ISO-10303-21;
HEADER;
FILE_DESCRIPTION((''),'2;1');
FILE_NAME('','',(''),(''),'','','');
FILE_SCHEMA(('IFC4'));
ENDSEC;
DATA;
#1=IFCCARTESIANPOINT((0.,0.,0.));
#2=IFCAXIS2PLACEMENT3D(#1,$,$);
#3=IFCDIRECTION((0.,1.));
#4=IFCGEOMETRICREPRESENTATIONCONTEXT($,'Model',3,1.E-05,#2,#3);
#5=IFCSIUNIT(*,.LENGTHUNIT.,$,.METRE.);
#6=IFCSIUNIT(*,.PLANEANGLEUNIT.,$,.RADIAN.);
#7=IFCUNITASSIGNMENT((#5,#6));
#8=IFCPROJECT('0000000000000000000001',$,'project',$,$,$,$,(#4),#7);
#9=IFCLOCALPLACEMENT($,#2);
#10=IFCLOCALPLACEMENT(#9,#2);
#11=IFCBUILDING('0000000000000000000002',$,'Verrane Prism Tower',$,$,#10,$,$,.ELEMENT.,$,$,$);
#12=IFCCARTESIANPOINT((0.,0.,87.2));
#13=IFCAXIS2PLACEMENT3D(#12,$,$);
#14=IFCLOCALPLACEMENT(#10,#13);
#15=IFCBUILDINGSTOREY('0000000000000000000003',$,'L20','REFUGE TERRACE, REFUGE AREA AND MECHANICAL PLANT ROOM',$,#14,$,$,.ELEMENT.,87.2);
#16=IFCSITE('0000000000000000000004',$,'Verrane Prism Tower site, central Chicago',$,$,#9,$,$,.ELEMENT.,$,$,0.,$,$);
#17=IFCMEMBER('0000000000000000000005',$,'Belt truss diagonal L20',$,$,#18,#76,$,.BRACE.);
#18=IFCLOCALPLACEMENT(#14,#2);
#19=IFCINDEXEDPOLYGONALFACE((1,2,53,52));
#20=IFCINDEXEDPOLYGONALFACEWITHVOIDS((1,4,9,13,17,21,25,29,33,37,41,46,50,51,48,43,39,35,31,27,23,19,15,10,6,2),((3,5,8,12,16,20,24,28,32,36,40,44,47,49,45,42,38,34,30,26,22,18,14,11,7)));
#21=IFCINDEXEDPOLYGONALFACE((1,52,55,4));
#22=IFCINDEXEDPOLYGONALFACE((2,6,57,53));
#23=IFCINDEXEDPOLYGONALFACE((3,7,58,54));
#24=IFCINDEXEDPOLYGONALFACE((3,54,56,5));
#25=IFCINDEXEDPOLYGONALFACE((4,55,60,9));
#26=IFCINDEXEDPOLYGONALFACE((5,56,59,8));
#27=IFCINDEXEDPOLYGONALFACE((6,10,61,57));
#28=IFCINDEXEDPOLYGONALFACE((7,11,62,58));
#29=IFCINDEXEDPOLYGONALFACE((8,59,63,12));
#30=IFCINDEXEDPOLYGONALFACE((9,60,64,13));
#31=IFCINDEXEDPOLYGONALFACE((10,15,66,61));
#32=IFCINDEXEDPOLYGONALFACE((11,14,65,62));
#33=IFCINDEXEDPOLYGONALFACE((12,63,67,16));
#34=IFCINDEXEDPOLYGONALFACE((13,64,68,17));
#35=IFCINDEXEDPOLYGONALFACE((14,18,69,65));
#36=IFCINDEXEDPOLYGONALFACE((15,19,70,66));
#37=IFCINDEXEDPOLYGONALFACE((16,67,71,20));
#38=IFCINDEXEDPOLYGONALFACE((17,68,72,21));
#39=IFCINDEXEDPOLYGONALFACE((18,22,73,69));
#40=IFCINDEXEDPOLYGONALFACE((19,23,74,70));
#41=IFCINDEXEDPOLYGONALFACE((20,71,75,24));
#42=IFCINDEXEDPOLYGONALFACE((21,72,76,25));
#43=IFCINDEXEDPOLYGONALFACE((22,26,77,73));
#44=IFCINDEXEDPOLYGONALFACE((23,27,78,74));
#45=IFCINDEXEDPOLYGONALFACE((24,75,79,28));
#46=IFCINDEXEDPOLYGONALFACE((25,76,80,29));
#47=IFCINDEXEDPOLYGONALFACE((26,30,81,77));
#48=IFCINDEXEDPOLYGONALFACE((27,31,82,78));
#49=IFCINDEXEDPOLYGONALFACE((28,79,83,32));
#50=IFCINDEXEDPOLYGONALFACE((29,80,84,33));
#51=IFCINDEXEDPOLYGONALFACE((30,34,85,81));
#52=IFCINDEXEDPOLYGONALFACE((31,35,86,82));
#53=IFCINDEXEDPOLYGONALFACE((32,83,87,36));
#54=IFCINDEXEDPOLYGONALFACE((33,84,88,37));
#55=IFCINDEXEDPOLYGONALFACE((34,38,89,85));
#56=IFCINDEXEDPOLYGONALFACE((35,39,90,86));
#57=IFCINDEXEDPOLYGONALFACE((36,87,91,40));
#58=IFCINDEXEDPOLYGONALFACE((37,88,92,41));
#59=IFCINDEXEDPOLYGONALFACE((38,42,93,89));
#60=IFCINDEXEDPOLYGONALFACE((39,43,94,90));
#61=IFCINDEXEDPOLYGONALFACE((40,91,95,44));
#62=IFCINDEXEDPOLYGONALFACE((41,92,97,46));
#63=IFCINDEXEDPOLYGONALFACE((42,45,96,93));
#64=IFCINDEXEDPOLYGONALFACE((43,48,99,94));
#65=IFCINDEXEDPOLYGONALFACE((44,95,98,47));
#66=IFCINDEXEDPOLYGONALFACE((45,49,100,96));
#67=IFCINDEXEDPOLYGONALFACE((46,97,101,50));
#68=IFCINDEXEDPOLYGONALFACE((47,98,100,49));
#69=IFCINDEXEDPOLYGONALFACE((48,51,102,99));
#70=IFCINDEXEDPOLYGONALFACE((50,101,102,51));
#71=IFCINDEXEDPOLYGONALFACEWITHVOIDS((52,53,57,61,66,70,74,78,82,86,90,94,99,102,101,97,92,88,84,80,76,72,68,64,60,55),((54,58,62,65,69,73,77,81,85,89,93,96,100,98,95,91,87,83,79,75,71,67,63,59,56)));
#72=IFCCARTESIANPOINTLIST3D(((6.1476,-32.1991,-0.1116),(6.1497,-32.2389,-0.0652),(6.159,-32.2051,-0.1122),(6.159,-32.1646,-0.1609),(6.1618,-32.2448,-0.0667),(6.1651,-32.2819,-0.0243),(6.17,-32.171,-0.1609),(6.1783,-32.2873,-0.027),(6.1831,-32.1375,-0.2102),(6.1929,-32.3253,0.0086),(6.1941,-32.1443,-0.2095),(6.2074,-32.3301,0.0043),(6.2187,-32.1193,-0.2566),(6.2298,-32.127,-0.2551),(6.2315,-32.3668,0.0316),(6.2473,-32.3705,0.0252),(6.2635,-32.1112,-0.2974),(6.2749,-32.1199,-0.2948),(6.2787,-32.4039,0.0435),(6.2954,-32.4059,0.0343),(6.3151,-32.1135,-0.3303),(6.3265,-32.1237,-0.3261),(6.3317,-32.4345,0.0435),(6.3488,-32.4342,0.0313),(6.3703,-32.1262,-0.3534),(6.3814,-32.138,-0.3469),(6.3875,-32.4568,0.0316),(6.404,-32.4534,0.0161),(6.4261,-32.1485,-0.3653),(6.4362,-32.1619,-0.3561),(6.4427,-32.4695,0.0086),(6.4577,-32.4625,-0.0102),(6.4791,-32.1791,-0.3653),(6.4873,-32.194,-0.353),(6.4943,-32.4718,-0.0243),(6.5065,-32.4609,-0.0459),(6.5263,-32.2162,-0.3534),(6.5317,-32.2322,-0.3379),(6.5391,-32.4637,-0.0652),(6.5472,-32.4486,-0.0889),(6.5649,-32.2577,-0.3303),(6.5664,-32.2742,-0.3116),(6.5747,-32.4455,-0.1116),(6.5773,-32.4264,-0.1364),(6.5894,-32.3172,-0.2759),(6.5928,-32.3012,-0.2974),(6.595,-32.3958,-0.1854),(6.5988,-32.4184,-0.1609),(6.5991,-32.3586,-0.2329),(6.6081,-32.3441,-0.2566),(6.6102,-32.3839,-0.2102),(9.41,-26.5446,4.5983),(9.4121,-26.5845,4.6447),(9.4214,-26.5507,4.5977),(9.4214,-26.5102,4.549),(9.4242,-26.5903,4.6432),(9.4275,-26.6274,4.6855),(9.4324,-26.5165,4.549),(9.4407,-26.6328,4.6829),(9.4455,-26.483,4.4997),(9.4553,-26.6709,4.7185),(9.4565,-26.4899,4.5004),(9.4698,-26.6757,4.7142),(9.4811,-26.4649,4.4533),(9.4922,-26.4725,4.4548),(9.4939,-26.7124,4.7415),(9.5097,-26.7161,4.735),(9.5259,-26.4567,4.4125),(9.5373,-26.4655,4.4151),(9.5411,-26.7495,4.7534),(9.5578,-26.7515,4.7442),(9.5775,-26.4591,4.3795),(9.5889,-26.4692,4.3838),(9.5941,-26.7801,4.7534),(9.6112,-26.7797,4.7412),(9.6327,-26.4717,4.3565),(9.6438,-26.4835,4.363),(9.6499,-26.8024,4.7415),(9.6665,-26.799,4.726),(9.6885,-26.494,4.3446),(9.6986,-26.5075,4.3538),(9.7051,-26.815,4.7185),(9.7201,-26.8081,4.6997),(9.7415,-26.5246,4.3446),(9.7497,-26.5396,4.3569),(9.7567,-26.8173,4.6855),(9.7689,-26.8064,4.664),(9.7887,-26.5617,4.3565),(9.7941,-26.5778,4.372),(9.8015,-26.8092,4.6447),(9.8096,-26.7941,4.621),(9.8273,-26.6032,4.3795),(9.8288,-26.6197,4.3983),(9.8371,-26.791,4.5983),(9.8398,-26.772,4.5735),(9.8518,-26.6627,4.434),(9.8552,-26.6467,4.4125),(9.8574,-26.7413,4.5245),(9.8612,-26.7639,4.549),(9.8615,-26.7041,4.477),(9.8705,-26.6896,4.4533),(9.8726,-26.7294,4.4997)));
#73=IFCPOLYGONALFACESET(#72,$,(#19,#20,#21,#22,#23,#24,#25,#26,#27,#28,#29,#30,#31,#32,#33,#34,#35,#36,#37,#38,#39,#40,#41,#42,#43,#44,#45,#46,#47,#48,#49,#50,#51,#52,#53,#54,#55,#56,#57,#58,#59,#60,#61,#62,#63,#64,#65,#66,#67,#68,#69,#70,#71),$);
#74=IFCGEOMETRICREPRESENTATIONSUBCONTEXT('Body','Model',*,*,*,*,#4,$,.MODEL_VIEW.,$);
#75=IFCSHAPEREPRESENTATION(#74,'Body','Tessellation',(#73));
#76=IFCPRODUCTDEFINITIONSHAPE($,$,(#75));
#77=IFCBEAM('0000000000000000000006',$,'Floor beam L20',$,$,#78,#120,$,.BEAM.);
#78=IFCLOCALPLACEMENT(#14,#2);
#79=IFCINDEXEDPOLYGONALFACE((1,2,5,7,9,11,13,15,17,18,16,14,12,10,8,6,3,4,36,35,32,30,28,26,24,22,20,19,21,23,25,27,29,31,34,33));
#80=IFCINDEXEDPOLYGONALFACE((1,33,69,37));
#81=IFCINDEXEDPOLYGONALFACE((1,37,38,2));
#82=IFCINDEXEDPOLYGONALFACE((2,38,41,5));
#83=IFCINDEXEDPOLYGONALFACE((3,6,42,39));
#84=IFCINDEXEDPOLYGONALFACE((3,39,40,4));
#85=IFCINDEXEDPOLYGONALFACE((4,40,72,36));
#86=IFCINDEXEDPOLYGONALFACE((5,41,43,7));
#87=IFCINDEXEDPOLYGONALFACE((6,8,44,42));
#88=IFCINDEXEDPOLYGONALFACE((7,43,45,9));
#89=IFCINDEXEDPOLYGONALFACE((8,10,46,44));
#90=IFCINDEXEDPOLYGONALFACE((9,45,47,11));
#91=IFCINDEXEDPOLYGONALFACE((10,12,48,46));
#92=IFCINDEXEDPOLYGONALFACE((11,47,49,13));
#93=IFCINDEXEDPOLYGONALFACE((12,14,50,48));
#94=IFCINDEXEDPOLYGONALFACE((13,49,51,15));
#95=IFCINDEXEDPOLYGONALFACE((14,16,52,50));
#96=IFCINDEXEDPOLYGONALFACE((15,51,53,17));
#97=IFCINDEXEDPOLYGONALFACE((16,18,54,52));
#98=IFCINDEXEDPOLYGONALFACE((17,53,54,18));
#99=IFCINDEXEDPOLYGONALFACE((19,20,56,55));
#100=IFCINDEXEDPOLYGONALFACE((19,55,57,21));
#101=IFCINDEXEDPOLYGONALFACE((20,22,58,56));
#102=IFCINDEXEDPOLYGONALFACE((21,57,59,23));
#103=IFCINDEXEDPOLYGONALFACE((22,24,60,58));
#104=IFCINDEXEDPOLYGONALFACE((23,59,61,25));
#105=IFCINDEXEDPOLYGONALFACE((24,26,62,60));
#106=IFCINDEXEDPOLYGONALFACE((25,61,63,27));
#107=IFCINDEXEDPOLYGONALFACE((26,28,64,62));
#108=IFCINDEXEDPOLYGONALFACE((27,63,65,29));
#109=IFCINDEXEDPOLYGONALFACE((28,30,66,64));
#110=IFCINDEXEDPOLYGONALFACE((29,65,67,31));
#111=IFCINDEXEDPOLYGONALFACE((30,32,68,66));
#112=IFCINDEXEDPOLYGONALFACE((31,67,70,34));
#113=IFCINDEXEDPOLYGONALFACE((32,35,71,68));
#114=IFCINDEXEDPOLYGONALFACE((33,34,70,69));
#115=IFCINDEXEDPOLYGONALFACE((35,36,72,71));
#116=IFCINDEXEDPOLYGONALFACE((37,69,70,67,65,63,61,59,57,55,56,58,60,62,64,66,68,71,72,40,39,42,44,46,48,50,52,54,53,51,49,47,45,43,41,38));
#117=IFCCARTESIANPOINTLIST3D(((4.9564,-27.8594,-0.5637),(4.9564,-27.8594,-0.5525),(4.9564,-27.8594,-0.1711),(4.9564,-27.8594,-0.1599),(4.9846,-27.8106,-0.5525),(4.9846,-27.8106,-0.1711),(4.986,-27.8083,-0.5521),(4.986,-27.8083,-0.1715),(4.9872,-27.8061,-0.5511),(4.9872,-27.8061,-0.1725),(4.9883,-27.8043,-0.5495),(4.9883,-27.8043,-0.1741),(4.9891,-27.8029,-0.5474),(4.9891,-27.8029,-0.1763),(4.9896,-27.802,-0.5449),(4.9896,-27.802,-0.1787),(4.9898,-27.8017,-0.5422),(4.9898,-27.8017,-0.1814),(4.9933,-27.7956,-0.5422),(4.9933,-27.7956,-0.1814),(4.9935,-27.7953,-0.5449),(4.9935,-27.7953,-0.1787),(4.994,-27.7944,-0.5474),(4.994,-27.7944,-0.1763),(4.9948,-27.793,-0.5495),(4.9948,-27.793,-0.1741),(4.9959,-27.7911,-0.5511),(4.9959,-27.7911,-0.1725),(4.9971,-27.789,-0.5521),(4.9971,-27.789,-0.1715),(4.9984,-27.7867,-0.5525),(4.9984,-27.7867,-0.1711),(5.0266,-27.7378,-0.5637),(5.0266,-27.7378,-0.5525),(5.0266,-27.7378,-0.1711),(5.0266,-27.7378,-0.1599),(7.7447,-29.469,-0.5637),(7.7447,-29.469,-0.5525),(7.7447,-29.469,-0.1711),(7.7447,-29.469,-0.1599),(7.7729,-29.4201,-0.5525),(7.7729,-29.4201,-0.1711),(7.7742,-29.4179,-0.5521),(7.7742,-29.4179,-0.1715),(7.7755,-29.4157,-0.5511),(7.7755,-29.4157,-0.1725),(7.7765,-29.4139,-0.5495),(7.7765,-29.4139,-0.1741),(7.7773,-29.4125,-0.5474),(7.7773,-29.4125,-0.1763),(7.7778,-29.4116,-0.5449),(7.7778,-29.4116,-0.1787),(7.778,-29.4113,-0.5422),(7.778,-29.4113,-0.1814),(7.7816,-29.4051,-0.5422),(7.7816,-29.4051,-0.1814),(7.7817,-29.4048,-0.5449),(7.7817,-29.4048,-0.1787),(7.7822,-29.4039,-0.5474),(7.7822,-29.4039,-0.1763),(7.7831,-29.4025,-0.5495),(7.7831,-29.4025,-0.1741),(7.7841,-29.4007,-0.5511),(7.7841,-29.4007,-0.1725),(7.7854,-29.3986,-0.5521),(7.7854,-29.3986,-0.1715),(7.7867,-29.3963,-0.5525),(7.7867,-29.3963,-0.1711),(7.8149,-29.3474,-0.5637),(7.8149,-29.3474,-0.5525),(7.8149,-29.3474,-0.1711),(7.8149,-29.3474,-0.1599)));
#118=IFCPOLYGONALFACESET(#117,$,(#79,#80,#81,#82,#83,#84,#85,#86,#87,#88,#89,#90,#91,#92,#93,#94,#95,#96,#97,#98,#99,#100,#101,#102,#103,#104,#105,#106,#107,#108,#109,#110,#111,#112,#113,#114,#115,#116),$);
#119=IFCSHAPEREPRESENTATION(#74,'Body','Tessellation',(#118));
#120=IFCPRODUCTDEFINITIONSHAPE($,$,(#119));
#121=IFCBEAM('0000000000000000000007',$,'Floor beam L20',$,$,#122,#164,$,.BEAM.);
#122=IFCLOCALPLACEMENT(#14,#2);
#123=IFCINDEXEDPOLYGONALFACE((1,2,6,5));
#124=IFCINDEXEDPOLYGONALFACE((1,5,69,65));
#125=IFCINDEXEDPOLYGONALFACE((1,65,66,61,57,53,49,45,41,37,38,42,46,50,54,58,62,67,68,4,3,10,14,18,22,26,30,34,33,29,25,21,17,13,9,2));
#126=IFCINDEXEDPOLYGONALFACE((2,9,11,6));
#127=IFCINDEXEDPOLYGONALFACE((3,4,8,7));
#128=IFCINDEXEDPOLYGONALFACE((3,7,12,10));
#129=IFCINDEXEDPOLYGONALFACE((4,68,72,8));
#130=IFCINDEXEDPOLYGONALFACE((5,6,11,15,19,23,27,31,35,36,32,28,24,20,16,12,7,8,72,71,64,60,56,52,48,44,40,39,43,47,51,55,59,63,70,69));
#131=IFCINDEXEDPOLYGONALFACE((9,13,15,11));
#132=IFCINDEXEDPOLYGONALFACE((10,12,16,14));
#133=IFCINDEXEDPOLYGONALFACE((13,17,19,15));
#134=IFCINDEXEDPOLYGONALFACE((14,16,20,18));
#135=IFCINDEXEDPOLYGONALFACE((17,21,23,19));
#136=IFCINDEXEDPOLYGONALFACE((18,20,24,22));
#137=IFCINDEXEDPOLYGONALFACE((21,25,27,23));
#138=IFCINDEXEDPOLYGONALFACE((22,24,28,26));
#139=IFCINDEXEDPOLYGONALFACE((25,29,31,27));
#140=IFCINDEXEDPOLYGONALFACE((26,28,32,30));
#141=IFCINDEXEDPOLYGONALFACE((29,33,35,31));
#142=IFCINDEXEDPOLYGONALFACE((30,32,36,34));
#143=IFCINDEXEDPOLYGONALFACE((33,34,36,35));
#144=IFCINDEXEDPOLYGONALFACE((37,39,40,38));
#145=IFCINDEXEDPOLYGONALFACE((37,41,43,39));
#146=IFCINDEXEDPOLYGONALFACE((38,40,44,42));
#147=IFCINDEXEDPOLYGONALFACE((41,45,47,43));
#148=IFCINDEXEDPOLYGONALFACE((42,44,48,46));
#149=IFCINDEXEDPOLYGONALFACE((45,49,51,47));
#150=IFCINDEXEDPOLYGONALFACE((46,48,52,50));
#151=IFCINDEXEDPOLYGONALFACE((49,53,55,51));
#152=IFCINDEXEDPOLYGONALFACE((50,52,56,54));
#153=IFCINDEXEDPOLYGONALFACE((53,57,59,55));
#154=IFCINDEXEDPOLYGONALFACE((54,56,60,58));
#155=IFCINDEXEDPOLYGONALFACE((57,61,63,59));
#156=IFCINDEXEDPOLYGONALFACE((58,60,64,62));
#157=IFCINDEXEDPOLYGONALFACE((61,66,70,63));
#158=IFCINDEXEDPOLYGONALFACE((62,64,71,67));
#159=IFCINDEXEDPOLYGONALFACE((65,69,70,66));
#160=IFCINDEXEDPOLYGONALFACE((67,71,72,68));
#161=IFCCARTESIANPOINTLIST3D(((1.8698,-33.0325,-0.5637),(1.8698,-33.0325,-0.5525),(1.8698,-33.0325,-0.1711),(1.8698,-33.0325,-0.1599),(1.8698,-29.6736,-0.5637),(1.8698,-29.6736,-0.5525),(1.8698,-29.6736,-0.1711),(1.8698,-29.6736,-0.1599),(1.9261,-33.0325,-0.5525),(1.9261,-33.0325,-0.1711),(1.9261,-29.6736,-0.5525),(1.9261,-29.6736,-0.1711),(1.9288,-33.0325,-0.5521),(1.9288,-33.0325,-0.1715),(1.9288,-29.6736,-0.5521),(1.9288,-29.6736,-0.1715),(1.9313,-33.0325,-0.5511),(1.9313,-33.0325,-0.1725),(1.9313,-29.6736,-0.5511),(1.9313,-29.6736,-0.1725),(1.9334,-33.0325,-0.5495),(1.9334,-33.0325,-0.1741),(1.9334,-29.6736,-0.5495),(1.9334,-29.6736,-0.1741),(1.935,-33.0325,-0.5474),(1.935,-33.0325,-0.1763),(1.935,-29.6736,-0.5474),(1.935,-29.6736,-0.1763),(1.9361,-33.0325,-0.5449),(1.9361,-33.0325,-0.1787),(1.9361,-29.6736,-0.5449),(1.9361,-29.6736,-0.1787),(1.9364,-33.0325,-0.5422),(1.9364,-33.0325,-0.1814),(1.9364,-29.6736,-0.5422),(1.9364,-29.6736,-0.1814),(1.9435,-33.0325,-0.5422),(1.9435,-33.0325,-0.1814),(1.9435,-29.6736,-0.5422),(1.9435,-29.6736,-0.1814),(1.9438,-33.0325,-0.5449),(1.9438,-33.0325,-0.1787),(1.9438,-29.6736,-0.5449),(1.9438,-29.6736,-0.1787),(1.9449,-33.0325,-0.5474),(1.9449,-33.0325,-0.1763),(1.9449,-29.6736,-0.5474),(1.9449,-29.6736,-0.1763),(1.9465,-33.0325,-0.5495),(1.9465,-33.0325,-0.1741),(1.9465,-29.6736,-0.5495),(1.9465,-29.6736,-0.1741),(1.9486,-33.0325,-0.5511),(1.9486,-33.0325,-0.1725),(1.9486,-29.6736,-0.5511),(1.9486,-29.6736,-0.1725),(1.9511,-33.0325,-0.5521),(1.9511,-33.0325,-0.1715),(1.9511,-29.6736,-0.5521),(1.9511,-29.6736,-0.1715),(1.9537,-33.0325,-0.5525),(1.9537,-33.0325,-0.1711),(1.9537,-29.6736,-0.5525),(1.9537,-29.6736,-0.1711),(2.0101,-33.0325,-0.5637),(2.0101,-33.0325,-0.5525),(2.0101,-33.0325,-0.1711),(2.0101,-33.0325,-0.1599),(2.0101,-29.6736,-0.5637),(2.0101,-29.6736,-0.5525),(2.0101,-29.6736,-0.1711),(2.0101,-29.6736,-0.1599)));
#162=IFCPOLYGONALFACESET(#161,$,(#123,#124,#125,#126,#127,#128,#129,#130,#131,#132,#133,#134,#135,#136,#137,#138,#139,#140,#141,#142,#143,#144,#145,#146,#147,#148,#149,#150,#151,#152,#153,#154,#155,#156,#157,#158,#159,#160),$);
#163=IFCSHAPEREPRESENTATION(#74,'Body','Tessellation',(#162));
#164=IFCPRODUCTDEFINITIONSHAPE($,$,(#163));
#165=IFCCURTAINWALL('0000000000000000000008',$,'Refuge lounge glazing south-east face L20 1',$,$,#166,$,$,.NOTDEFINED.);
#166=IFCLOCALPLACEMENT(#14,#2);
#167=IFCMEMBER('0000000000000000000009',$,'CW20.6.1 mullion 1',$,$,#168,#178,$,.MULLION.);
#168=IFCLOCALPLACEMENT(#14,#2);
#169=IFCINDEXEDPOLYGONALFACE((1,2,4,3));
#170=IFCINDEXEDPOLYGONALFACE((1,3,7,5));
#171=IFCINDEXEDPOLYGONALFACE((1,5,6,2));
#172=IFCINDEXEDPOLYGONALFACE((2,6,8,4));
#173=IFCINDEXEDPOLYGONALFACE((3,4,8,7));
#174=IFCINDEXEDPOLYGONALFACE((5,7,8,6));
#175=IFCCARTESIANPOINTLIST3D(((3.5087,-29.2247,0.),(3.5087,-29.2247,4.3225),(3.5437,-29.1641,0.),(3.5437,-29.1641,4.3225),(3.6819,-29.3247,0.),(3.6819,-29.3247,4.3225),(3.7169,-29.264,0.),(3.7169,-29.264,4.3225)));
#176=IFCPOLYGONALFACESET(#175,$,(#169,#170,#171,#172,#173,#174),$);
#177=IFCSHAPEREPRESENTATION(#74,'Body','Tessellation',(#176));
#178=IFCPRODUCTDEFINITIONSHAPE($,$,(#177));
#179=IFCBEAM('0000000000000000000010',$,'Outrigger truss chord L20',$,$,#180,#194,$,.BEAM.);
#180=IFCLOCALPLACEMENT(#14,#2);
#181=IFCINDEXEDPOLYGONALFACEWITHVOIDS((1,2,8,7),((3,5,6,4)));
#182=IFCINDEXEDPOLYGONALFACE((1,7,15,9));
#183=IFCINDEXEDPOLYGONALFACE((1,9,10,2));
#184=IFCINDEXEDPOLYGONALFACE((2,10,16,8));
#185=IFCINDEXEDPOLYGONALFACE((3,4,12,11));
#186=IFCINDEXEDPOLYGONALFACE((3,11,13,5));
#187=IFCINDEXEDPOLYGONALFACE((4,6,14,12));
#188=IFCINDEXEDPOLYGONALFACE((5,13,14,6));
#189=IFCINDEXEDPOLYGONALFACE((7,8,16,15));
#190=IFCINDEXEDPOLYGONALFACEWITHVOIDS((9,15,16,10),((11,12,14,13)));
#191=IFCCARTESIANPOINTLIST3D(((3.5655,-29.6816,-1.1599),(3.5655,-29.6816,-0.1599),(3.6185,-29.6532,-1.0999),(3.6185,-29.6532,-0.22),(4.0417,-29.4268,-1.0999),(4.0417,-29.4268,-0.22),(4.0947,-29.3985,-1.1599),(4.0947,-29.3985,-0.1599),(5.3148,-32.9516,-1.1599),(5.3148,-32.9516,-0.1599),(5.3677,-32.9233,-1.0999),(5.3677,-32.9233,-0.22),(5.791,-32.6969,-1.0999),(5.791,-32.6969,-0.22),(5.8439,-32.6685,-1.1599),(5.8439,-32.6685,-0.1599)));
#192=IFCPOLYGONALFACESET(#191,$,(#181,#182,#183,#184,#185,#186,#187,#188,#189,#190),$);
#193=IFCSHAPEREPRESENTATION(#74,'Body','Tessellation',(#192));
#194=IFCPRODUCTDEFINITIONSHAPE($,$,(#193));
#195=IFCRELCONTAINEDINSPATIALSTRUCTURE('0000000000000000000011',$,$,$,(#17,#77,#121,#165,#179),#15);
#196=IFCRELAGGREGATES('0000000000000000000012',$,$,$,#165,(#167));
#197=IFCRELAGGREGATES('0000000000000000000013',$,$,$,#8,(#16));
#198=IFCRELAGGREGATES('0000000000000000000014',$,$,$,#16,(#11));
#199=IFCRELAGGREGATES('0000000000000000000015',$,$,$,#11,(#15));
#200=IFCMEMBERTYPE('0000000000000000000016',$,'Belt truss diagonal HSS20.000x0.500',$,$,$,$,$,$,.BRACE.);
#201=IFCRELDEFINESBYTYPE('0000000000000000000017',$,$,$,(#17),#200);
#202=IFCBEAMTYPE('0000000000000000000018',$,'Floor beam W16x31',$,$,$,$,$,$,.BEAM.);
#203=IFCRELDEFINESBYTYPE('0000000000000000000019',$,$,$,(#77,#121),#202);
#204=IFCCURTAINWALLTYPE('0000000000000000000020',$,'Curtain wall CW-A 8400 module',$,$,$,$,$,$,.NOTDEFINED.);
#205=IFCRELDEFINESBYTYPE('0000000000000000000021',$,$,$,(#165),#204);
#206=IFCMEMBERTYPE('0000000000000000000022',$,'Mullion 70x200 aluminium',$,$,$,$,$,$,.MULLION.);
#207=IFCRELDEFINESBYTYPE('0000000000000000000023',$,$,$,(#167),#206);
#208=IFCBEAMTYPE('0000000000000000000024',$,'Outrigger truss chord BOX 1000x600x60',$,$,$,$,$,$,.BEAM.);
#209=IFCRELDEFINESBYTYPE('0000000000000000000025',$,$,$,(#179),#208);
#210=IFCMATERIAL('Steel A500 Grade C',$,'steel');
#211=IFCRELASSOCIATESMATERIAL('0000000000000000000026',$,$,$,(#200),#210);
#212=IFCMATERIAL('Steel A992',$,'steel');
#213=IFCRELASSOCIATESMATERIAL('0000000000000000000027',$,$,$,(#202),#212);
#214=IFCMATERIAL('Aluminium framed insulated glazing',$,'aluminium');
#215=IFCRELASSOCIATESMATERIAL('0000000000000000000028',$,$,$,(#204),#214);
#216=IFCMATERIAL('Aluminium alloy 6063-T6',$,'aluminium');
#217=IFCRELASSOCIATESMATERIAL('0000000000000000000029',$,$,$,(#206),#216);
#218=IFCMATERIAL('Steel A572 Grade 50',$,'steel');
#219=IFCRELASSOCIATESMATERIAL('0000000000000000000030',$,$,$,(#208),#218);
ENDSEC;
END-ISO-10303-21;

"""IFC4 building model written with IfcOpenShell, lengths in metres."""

from ifc_helpers import new_model, si_unit, direction, frame, origin, origin_2d, place, context, subcontext, project, spatial, rectangle, hollow_rectangle, hollow_circle, i_section, extrude, material, material_profile, profile_set, type_object, element, aggregate, save


model = new_model("IFC4")

# Units and contexts
model_context = context("Model", 3, precision=1e-05, world=origin(), true_north=direction((0.0, 1.0)))
body_context = subcontext(model_context, "Body", "Model", "MODEL_VIEW")
ifc_project = project(units=[si_unit("LENGTHUNIT", "METRE"), si_unit("PLANEANGLEUNIT", "RADIAN")], contexts=[model_context])

# Site, building, storey
site_placement = place(None, origin())
site = spatial("IfcSite", under=ifc_project, at=site_placement, Name="Verrane Prism Tower site, central Chicago", CompositionType="ELEMENT", RefElevation=0.0)
building_placement = place(site_placement, origin())
building = spatial("IfcBuilding", under=site, at=building_placement, Name="Verrane Prism Tower", CompositionType="ELEMENT")
storey_placement = place(building_placement, frame((0.0, 0.0, 87.2)))
storey = spatial("IfcBuildingStorey", under=building, at=storey_placement, Name="L20", Description="REFUGE TERRACE, REFUGE AREA AND MECHANICAL PLANT ROOM", CompositionType="ELEMENT", Elevation=87.2)

# Member
ifc_material_1 = material(Name="Steel A500 Grade C", Category="steel")
ifc_material_profile_1 = material_profile(ifc_material_1, hollow_circle(Radius=0.2539, WallThickness=0.0127, at=origin_2d()), Name="HSS20.000x0.500")
ifc_profile_set_1 = profile_set([ifc_material_profile_1], Name="Steel A500 Grade C")
member_type_1 = type_object("IfcMemberType", Name="Belt truss diagonal HSS20.000x0.500", PredefinedType="BRACE", material=ifc_profile_set_1)
member_1_placement = place(storey_placement, frame((6.3789, -32.2915, -0.1609), z_axis=(0.405278, 0.702435, 0.585094), x_axis=(-0.866171, 0.499747, 0.0)))
element("IfcMember", 1, at=member_1_placement, inside=storey, type_object=member_type_1, Name="Belt truss diagonal L20", PredefinedType="BRACE", context=body_context, shape_type="SweptSolid", body=[
    extrude(hollow_circle(Radius=0.2539, WallThickness=0.0127, at=origin_2d()), origin(), (0.0, 0.0, 1.0), 8.0498),
])

# Beams
ifc_material_2 = material(Name="Steel A992", Category="steel")
ifc_material_profile_2 = material_profile(ifc_material_2, i_section(OverallWidth=0.1404, OverallDepth=0.4038, WebThickness=0.0071, FlangeThickness=0.0112, FilletRadius=0.0103, at=origin_2d()), Name="W16x31")
ifc_profile_set_2 = profile_set([ifc_material_profile_2], Name="Steel A992")
beam_type_1 = type_object("IfcBeamType", Name="Floor beam W16x31", PredefinedType="BEAM", material=ifc_profile_set_2)
beam_1_placement = place(storey_placement, frame((7.7798, -29.4082, -0.3618), z_axis=(-0.866056, 0.499948, 0.0), x_axis=(-0.499948, -0.866056, 0.0)))
element("IfcBeam", 2, at=beam_1_placement, inside=storey, type_object=beam_type_1, Name="Floor beam L20", PredefinedType="BEAM", context=body_context, shape_type="SweptSolid", body=[
    extrude(i_section(OverallWidth=0.1404, OverallDepth=0.4038, WebThickness=0.0071, FlangeThickness=0.0112, FilletRadius=0.0103, at=origin_2d()), origin(), (0.0, 0.0, 1.0), 3.2195),
])
beam_2_placement = place(storey_placement, frame((1.9399, -33.0325, -0.3618), z_axis=(0.0, 1.0, 0.0), x_axis=(-1.0, 0.0, 0.0)))
element("IfcBeam", 3, at=beam_2_placement, inside=storey, type_object=beam_type_1, Name="Floor beam L20", PredefinedType="BEAM", context=body_context, shape_type="SweptSolid", body=[
    extrude(i_section(OverallWidth=0.1404, OverallDepth=0.4038, WebThickness=0.0071, FlangeThickness=0.0112, FilletRadius=0.0103, at=origin_2d()), origin(), (0.0, 0.0, 1.0), 3.3589),
])

# Curtain wall, member
ifc_material_3 = material(Name="Aluminium framed insulated glazing", Category="aluminium")
curtain_wall_type = type_object("IfcCurtainWallType", Name="Curtain wall CW-A 8400 module", PredefinedType="NOTDEFINED", material=ifc_material_3)
curtain_wall_placement = place(storey_placement, origin())
curtain_wall = element("IfcCurtainWall", 4, at=curtain_wall_placement, inside=storey, type_object=curtain_wall_type, Name="Refuge lounge glazing south-east face L20 1", PredefinedType="NOTDEFINED")
ifc_material_4 = material(Name="Aluminium alloy 6063-T6", Category="aluminium")
ifc_material_profile_3 = material_profile(ifc_material_4, rectangle(XDim=0.2, YDim=0.0701, at=origin_2d()), Name="Mullion 70x200 aluminium")
ifc_profile_set_3 = profile_set([ifc_material_profile_3], Name="Aluminium alloy 6063-T6")
member_type_2 = type_object("IfcMemberType", Name="Mullion 70x200 aluminium", PredefinedType="MULLION", material=ifc_profile_set_3)
member_2_placement = place(storey_placement, frame((3.6128, -29.2444, 0.0), z_axis=(0.0, 0.0, 1.0), x_axis=(-0.866022, 0.500006, 0.0)))
member_2 = element("IfcMember", 5, at=member_2_placement, type_object=member_type_2, Name="CW20.6.1 mullion 1", PredefinedType="MULLION", context=body_context, shape_type="SweptSolid", body=[
    extrude(rectangle(XDim=0.2, YDim=0.0701, at=origin_2d()), origin(), (0.0, 0.0, 1.0), 4.3225),
])

# Beam
ifc_material_5 = material(Name="Steel A572 Grade 50", Category="steel")
ifc_material_profile_4 = material_profile(ifc_material_5, hollow_rectangle(XDim=0.6001, YDim=1.0, WallThickness=0.0601, at=origin_2d()), Name="BOX 1000x600x60")
ifc_profile_set_4 = profile_set([ifc_material_profile_4], Name="Steel A572 Grade 50")
beam_type_2 = type_object("IfcBeamType", Name="Outrigger truss chord BOX 1000x600x60", PredefinedType="BEAM", material=ifc_profile_set_4)
beam_3_placement = place(storey_placement, frame((5.5793, -32.8101, -0.6599), z_axis=(-0.471692, 0.881764, 0.0), x_axis=(-0.881764, -0.471692, 0.0)))
element("IfcBeam", 6, at=beam_3_placement, inside=storey, type_object=beam_type_2, Name="Outrigger truss chord L20", PredefinedType="BEAM", context=body_context, shape_type="SweptSolid", body=[
    extrude(hollow_rectangle(XDim=0.6001, YDim=1.0, WallThickness=0.0601, at=origin_2d()), origin(), (0.0, 0.0, 1.0), 3.7085),
])

aggregate(curtain_wall, [member_2])

save(model, "model.ifc")
